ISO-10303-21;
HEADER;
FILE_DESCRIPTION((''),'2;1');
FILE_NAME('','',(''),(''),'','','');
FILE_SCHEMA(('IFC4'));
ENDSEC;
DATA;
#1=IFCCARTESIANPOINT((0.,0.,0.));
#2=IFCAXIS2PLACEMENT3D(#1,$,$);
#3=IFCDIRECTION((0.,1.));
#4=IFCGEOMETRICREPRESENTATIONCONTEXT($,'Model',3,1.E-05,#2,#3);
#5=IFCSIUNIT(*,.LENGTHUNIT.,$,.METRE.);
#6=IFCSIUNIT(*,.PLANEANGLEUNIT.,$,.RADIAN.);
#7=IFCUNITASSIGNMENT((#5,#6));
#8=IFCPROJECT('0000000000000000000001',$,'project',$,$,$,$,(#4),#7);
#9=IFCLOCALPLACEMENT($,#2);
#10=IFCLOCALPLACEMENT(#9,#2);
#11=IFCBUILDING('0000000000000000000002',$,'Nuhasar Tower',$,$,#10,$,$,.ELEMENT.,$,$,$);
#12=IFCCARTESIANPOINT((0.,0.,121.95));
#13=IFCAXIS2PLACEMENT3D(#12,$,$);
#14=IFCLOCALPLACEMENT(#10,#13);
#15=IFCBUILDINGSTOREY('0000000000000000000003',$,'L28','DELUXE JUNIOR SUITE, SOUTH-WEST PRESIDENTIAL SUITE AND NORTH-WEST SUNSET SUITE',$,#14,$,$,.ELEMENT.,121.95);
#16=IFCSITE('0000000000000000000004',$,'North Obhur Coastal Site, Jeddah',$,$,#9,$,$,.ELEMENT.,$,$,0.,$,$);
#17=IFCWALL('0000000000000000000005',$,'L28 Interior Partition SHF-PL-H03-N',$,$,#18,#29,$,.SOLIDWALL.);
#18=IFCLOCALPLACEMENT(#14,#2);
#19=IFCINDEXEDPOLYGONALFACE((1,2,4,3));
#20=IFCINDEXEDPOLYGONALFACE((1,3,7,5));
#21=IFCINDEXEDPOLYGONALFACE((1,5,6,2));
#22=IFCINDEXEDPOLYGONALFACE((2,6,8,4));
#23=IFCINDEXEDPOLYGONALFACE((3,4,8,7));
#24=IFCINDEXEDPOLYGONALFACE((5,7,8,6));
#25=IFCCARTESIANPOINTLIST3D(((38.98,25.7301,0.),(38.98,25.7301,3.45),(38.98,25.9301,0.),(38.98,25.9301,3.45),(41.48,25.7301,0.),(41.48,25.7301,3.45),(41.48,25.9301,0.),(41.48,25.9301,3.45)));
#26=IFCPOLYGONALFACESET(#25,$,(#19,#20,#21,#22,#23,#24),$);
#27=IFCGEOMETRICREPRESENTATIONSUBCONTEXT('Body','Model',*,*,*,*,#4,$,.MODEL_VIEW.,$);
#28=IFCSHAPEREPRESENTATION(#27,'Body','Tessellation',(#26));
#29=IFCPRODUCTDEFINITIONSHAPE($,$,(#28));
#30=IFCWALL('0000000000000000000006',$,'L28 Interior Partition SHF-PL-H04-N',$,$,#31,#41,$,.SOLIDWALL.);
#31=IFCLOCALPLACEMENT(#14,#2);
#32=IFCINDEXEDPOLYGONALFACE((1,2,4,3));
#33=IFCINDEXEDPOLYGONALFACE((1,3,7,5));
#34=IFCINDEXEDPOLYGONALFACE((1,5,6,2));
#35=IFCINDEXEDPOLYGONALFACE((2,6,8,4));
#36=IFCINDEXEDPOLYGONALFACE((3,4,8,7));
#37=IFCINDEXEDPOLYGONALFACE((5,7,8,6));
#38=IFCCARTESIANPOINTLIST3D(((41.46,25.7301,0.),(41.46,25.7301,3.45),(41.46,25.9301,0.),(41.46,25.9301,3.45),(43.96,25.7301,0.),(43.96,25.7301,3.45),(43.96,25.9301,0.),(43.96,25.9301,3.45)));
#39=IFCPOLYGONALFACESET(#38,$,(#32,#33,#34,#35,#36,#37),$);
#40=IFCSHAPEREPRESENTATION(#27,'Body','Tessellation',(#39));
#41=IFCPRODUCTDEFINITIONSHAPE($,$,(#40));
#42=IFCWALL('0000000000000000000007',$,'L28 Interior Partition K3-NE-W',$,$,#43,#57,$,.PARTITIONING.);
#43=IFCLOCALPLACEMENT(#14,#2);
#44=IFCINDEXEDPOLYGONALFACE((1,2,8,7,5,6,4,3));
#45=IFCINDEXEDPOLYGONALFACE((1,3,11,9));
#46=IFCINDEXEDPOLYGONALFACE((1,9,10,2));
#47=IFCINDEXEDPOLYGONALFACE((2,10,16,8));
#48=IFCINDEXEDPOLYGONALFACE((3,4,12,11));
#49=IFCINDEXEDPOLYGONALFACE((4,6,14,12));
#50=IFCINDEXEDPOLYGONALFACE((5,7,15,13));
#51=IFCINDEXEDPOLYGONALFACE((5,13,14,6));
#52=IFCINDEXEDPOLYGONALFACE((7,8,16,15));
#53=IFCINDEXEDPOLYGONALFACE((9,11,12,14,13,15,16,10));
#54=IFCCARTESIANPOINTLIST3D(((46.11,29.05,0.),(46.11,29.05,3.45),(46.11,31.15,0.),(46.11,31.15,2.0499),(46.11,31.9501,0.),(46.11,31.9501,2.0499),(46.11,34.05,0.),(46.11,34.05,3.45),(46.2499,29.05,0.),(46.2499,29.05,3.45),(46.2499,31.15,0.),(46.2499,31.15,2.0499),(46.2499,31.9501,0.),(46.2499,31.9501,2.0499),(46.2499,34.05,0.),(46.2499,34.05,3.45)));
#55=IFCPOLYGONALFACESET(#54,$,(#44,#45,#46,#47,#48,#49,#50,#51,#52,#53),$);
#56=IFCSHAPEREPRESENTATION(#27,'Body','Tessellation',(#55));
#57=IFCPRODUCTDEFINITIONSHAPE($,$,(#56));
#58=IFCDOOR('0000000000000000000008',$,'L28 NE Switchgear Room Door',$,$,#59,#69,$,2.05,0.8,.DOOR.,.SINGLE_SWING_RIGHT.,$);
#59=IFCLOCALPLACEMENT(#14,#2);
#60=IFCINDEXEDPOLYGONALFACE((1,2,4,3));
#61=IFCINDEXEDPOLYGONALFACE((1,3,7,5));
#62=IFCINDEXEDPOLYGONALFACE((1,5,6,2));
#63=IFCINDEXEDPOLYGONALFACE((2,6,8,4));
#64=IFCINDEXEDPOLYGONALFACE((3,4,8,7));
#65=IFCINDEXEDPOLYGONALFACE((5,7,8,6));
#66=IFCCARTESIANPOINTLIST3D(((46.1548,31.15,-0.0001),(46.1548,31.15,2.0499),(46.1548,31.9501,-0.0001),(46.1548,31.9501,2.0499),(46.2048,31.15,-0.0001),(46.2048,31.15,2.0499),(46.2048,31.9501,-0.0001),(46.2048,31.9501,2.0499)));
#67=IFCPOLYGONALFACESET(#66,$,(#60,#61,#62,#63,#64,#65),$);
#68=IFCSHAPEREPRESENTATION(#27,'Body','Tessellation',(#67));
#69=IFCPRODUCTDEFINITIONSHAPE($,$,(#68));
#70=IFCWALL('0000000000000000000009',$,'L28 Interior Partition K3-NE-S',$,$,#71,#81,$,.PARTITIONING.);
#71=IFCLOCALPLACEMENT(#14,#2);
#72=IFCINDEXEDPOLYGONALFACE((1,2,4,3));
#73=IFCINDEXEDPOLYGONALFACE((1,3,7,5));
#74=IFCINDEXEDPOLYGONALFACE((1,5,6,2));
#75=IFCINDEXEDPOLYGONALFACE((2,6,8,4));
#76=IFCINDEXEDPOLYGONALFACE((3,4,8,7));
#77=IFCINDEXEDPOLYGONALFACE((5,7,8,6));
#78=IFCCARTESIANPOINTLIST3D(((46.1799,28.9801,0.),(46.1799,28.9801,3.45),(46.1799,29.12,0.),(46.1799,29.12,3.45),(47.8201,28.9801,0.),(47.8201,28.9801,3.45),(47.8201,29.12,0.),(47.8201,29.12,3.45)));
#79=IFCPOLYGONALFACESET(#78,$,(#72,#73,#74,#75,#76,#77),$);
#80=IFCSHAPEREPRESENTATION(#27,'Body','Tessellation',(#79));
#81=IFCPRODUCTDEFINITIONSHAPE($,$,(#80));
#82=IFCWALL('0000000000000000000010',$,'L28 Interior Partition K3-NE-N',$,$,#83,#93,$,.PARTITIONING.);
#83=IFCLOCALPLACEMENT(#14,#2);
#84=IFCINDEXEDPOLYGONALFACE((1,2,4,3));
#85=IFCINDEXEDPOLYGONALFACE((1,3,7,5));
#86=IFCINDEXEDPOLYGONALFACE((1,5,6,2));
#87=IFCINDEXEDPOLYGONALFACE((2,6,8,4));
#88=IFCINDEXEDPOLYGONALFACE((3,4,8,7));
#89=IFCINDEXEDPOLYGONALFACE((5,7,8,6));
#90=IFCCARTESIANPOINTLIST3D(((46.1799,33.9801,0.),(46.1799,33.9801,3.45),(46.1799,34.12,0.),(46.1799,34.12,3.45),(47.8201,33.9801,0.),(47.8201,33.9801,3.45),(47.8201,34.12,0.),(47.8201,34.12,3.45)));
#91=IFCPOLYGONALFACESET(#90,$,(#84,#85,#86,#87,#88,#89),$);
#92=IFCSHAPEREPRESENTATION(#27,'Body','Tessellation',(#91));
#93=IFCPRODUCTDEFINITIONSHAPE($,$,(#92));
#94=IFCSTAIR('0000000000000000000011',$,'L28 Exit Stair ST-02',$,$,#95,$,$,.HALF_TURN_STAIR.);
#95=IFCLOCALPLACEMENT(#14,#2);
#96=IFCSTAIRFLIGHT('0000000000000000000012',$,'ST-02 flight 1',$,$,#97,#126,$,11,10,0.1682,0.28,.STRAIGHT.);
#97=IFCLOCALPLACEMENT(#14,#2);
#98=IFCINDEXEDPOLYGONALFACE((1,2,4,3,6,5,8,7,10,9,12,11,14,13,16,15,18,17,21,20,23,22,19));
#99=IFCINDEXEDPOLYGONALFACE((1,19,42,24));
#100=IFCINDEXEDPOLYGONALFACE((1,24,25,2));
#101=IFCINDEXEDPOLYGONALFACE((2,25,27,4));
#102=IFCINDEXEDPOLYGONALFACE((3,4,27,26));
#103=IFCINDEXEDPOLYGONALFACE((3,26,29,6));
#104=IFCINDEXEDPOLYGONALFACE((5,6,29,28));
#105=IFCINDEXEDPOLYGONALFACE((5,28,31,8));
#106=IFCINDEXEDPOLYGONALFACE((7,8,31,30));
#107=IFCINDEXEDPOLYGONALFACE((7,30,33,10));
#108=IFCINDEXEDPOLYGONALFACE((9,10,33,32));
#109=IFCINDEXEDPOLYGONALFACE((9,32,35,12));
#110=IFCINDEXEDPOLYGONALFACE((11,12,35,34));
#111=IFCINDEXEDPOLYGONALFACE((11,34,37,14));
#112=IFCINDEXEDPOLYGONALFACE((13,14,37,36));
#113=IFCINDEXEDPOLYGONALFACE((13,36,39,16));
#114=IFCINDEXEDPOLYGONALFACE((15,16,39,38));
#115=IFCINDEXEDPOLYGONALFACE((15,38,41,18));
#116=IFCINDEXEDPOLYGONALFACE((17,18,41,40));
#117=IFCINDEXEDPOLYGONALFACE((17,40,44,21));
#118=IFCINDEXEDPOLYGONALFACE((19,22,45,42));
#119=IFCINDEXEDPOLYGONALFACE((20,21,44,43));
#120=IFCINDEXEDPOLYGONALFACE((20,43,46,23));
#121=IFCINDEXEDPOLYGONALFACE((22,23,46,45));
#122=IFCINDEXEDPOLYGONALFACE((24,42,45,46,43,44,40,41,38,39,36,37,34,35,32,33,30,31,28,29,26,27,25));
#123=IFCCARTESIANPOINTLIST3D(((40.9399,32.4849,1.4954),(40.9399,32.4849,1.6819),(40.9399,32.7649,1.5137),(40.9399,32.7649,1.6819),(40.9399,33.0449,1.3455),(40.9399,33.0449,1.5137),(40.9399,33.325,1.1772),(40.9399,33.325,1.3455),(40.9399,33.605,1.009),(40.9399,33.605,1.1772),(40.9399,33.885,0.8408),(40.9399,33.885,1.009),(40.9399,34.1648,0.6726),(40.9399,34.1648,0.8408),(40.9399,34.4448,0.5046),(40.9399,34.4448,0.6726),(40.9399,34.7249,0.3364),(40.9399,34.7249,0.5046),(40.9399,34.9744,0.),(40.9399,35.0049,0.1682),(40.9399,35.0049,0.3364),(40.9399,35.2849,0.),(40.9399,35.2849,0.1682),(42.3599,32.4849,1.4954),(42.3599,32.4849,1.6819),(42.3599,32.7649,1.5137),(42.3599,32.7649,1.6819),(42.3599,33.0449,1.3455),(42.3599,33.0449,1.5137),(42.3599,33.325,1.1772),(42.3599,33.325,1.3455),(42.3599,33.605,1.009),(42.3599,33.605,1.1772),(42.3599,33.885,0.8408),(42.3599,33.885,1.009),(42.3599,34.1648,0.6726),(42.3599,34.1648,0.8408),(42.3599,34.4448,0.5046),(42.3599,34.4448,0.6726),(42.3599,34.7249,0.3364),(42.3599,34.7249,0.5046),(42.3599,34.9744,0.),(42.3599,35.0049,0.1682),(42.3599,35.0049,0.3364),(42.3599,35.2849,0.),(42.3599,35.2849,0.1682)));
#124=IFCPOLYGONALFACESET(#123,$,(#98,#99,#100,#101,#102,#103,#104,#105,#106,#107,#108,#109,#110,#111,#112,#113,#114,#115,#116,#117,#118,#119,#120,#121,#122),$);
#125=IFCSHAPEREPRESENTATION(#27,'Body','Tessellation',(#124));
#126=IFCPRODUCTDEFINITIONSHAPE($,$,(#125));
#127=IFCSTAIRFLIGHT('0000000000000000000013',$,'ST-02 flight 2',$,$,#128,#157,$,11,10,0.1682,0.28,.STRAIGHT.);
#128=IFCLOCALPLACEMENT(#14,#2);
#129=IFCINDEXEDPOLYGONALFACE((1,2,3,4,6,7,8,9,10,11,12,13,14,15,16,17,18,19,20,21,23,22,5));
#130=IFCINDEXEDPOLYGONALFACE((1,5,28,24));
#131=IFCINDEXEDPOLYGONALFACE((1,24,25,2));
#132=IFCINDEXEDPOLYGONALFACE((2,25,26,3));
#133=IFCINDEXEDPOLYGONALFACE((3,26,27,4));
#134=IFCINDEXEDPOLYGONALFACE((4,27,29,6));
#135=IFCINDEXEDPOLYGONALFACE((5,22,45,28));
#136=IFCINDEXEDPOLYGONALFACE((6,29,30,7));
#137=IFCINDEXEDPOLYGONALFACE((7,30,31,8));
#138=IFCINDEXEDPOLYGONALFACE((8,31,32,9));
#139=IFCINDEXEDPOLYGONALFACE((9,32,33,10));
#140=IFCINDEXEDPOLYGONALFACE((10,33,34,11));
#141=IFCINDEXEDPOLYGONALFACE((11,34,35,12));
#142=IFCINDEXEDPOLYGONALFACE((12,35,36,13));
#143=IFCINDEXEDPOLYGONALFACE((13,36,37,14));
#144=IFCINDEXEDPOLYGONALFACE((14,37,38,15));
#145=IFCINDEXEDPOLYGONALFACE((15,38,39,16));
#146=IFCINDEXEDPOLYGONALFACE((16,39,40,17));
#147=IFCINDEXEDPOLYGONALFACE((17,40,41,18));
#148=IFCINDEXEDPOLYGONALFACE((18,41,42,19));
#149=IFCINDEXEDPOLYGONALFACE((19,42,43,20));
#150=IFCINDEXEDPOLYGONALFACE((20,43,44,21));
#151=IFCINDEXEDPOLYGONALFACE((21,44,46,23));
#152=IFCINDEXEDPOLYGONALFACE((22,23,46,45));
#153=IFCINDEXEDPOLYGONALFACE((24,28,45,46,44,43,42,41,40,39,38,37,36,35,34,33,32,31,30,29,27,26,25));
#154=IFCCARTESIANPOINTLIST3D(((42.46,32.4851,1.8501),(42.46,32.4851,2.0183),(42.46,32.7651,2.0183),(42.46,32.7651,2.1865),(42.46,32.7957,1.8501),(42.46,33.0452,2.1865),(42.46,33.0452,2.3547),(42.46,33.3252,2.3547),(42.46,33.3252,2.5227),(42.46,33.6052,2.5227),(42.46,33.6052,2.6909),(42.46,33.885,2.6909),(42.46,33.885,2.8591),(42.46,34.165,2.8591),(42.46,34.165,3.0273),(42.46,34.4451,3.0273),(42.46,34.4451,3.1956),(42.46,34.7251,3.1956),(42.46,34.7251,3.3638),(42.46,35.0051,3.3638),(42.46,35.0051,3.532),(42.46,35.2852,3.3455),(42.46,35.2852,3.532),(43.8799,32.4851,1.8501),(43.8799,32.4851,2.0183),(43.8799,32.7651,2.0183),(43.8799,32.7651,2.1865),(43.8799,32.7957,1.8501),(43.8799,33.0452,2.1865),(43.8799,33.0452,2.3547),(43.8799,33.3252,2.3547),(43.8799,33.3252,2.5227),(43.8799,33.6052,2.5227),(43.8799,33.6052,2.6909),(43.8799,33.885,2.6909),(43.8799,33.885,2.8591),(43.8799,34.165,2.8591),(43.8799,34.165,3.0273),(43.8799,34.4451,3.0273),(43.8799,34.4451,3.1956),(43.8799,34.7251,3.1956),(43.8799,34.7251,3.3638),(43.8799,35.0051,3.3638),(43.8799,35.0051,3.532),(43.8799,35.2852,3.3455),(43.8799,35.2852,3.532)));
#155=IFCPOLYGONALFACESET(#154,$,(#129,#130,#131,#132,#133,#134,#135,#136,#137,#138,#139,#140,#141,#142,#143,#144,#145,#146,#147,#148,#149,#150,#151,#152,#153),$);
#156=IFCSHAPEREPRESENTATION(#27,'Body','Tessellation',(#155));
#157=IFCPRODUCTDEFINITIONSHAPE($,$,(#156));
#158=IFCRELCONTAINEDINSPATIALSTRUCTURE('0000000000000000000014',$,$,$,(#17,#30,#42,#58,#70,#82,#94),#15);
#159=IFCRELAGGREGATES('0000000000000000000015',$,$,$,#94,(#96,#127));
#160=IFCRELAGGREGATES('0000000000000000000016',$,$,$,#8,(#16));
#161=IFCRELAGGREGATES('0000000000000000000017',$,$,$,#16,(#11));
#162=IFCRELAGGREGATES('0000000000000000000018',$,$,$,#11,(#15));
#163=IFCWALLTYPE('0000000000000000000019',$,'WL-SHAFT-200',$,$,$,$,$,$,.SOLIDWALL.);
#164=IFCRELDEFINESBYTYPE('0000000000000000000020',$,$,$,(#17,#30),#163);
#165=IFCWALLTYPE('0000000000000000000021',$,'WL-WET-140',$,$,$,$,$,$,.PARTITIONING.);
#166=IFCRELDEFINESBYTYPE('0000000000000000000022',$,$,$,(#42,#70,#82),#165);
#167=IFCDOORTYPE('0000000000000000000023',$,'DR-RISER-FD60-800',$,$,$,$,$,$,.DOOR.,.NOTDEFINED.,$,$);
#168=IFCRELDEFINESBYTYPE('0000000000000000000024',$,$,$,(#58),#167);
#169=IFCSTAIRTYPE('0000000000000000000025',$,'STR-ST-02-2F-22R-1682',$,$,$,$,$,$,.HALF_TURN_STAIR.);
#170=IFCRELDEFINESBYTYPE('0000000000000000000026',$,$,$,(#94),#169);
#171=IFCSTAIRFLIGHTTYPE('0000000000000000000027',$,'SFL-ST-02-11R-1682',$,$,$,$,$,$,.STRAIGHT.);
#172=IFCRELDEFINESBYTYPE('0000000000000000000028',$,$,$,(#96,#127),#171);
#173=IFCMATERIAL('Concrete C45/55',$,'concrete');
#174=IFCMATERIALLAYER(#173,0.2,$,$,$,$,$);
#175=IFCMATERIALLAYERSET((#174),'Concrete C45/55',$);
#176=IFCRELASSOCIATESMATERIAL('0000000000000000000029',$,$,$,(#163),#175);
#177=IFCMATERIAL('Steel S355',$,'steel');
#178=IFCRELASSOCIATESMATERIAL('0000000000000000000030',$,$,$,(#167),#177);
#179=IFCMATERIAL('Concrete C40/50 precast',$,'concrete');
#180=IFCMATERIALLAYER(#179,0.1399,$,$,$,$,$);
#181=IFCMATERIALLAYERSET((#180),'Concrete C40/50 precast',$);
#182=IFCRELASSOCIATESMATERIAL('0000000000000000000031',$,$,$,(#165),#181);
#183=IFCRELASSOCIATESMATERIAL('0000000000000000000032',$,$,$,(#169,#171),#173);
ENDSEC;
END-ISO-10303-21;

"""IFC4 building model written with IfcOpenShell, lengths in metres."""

from ifc_helpers import new_model, si_unit, direction, frame, frame_2d, origin, place, context, subcontext, project, spatial, polyline, rectangle, outline, extrude, material, layer, layer_set, type_object, element, fill, aggregate, save


model = new_model("IFC4")

# Units and contexts
model_context = context("Model", 3, precision=1e-05, world=origin(), true_north=direction((0.0, 1.0)))
body_context = subcontext(model_context, "Body", "Model", "MODEL_VIEW")
ifc_project = project(units=[si_unit("LENGTHUNIT", "METRE"), si_unit("PLANEANGLEUNIT", "RADIAN")], contexts=[model_context])

# Site, building, storey
site_placement = place(None, origin())
site = spatial("IfcSite", under=ifc_project, at=site_placement, Name="North Obhur Coastal Site, Jeddah", CompositionType="ELEMENT", RefElevation=0.0)
building_placement = place(site_placement, origin())
building = spatial("IfcBuilding", under=site, at=building_placement, Name="Nuhasar Tower", CompositionType="ELEMENT")
storey_placement = place(building_placement, frame((0.0, 0.0, 121.95)))
storey = spatial("IfcBuildingStorey", under=building, at=storey_placement, Name="L28", Description="DELUXE JUNIOR SUITE, SOUTH-WEST PRESIDENTIAL SUITE AND NORTH-WEST SUNSET SUITE", CompositionType="ELEMENT", Elevation=121.95)

# Shared definitions
ifc_material_1 = material(Name="Steel S355", Category="steel")

# Shared definitions
ifc_material_2 = material(Name="Concrete C45/55", Category="concrete")
ifc_layer_1 = layer(ifc_material_2, 0.2)
ifc_layer_set_1 = layer_set([ifc_layer_1], Name="Concrete C45/55")
wall_type_1 = type_object("IfcWallType", Name="WL-SHAFT-200", PredefinedType="SOLIDWALL", material=ifc_layer_set_1)

# Shared definitions
door_type_1 = type_object("IfcDoorType", Name="DR-RISER-FD60-800", OperationType="NOTDEFINED", PredefinedType="DOOR", material=ifc_material_1)

# Walls
for number, where, z_axis, x_axis, name in (
    (1, (38.98, 25.8301, 0.0), (0.0, 0.0, 1.0), (1.0, 0.0, 0.0), "L28 Interior Partition SHF-PL-H03-N"),
    (2, (41.46, 25.8301, 0.0), (0.0, 0.0, 1.0), (1.0, 0.0, 0.0), "L28 Interior Partition SHF-PL-H04-N"),
):
    element("IfcWall", number, at=place(storey_placement, frame(where, z_axis=z_axis, x_axis=x_axis)), inside=storey, type_object=wall_type_1, Name=name, PredefinedType="SOLIDWALL", context=body_context, shape_type="SweptSolid", body=[
        extrude(rectangle(XDim=2.5, YDim=0.2, at=frame_2d((1.25, 0.0))), origin(), (0.0, 0.0, 1.0), 3.45),
    ])

# Wall, opening, door
ifc_material_3 = material(Name="Concrete C40/50 precast", Category="concrete")
ifc_layer_2 = layer(ifc_material_3, 0.1399)
ifc_layer_set_2 = layer_set([ifc_layer_2], Name="Concrete C40/50 precast")
wall_type_2 = type_object("IfcWallType", Name="WL-WET-140", PredefinedType="PARTITIONING", material=ifc_layer_set_2)
wall_1_placement = place(storey_placement, frame((46.1799, 34.05, 0.0), z_axis=(0.0, 0.0, 1.0), x_axis=(0.0, -1.0, 0.0)))
wall_1 = element("IfcWall", 3, at=wall_1_placement, inside=storey, type_object=wall_type_2, Name="L28 Interior Partition K3-NE-W", PredefinedType="PARTITIONING", context=body_context, shape_type="SweptSolid", body=[
    extrude(rectangle(XDim=5.0, YDim=0.1399, at=frame_2d((2.5, 0.0))), origin(), (0.0, 0.0, 1.0), 3.45),
])
opening_1_placement = place(wall_1_placement, frame((2.1001, 0.0, 0.0)))
opening_1 = element("IfcOpeningElement", 4, at=opening_1_placement, cuts=wall_1, PredefinedType="OPENING", context=body_context, shape_type="SweptSolid", body=[
    extrude(rectangle(XDim=0.8, YDim=2.05, at=frame_2d((0.3999, 1.0249))), frame((0.0, 0.0801, 0.0), z_axis=(0.0, -1.0, 0.0), x_axis=(1.0, 0.0, 0.0)), (0.0, 0.0, 1.0), 0.1599),
])
door_1_placement = place(opening_1_placement, origin())
door_1 = element("IfcDoor", 5, at=door_1_placement, inside=storey, type_object=door_type_1, Name="L28 NE Switchgear Room Door", OperationType="SINGLE_SWING_RIGHT", OverallHeight=2.05, OverallWidth=0.8, PredefinedType="DOOR", context=body_context, shape_type="SweptSolid", body=[
    extrude(rectangle(XDim=0.8, YDim=2.05, at=frame_2d((0.3999, 1.0249))), frame((0.0, 0.0249, 0.0), z_axis=(0.0, -1.0, 0.0), x_axis=(1.0, 0.0, 0.0)), (0.0, 0.0, 1.0), 0.05),
])
fill(opening_1, door_1)

# Walls
for number, where, z_axis, x_axis, name in (
    (6, (46.1799, 29.05, 0.0), (0.0, 0.0, 1.0), (1.0, 0.0, 0.0), "L28 Interior Partition K3-NE-S"),
    (7, (46.1799, 34.05, 0.0), (0.0, 0.0, 1.0), (1.0, 0.0, 0.0), "L28 Interior Partition K3-NE-N"),
):
    element("IfcWall", number, at=place(storey_placement, frame(where, z_axis=z_axis, x_axis=x_axis)), inside=storey, type_object=wall_type_2, Name=name, PredefinedType="PARTITIONING", context=body_context, shape_type="SweptSolid", body=[
        extrude(rectangle(XDim=1.6401, YDim=0.1399, at=frame_2d((0.8201, 0.0))), origin(), (0.0, 0.0, 1.0), 3.45),
    ])

# Stair, stair flights
stair_type_1 = type_object("IfcStairType", Name="STR-ST-02-2F-22R-1682", PredefinedType="HALF_TURN_STAIR", material=ifc_material_2)
stair_1_placement = place(storey_placement, origin())
stair_1 = element("IfcStair", 8, at=stair_1_placement, inside=storey, type_object=stair_type_1, Name="L28 Exit Stair ST-02", PredefinedType="HALF_TURN_STAIR")
stair_flight_type_1 = type_object("IfcStairFlightType", Name="SFL-ST-02-11R-1682", PredefinedType="STRAIGHT", material=ifc_material_2)
stair_flight_1_placement = place(storey_placement, frame((41.6499, 35.2849, 0.0), z_axis=(0.0, 0.0, 1.0), x_axis=(0.0, -1.0, 0.0)))
stair_flight_1 = element("IfcStairFlight", 9, at=stair_flight_1_placement, type_object=stair_flight_type_1, Name="ST-02 flight 1", NumberOfRisers=11, NumberOfTreads=10, PredefinedType="STRAIGHT", RiserHeight=0.1682, TreadLength=0.28, context=body_context, shape_type="SweptSolid", body=[
    extrude(outline(polyline([(0.0, 0.0), (0.0, 0.1682), (0.28, 0.1682), (0.28, 0.3364), (0.5601, 0.3364), (0.5601, 0.5046), (0.8401, 0.5046), (0.8401, 0.6726), (1.1201, 0.6726), (1.1201, 0.8408), (1.3999, 0.8408), (1.3999, 1.009), (1.6799, 1.009), (1.6799, 1.1772), (1.96, 1.1772), (1.96, 1.3455), (2.24, 1.3455), (2.24, 1.5137), (2.52, 1.5137), (2.52, 1.6819), (2.8, 1.6819), (2.8, 1.8501), (2.8, 1.4954), (0.3105, 0.0), (0.0, 0.0)])), frame((0.0, 0.71, 0.0), z_axis=(0.0, -1.0, 0.0), x_axis=(1.0, 0.0, 0.0)), (0.0, 0.0, 1.0), 1.4199),
])
stair_flight_2_placement = place(storey_placement, frame((43.1699, 32.4851, 1.8501), z_axis=(0.0, 0.0, 1.0), x_axis=(0.0, 1.0, 0.0)))
stair_flight_2 = element("IfcStairFlight", 10, at=stair_flight_2_placement, type_object=stair_flight_type_1, Name="ST-02 flight 2", NumberOfRisers=11, NumberOfTreads=10, PredefinedType="STRAIGHT", RiserHeight=0.1682, TreadLength=0.28, context=body_context, shape_type="SweptSolid", body=[
    extrude(outline(polyline([(0.0, 0.0), (0.0, 0.1682), (0.28, 0.1682), (0.28, 0.3364), (0.5601, 0.3364), (0.5601, 0.5046), (0.8401, 0.5046), (0.8401, 0.6726), (1.1201, 0.6726), (1.1201, 0.8408), (1.3999, 0.8408), (1.3999, 1.009), (1.6799, 1.009), (1.6799, 1.1772), (1.96, 1.1772), (1.96, 1.3455), (2.24, 1.3455), (2.24, 1.5137), (2.52, 1.5137), (2.52, 1.6819), (2.8, 1.6819), (2.8, 1.8501), (2.8, 1.4954), (0.3105, 0.0), (0.0, 0.0)])), frame((0.0, 0.71, 0.0), z_axis=(0.0, -1.0, 0.0), x_axis=(1.0, 0.0, 0.0)), (0.0, 0.0, 1.0), 1.4199),
])
aggregate(stair_1, [stair_flight_1, stair_flight_2])

save(model, "model.ifc")
